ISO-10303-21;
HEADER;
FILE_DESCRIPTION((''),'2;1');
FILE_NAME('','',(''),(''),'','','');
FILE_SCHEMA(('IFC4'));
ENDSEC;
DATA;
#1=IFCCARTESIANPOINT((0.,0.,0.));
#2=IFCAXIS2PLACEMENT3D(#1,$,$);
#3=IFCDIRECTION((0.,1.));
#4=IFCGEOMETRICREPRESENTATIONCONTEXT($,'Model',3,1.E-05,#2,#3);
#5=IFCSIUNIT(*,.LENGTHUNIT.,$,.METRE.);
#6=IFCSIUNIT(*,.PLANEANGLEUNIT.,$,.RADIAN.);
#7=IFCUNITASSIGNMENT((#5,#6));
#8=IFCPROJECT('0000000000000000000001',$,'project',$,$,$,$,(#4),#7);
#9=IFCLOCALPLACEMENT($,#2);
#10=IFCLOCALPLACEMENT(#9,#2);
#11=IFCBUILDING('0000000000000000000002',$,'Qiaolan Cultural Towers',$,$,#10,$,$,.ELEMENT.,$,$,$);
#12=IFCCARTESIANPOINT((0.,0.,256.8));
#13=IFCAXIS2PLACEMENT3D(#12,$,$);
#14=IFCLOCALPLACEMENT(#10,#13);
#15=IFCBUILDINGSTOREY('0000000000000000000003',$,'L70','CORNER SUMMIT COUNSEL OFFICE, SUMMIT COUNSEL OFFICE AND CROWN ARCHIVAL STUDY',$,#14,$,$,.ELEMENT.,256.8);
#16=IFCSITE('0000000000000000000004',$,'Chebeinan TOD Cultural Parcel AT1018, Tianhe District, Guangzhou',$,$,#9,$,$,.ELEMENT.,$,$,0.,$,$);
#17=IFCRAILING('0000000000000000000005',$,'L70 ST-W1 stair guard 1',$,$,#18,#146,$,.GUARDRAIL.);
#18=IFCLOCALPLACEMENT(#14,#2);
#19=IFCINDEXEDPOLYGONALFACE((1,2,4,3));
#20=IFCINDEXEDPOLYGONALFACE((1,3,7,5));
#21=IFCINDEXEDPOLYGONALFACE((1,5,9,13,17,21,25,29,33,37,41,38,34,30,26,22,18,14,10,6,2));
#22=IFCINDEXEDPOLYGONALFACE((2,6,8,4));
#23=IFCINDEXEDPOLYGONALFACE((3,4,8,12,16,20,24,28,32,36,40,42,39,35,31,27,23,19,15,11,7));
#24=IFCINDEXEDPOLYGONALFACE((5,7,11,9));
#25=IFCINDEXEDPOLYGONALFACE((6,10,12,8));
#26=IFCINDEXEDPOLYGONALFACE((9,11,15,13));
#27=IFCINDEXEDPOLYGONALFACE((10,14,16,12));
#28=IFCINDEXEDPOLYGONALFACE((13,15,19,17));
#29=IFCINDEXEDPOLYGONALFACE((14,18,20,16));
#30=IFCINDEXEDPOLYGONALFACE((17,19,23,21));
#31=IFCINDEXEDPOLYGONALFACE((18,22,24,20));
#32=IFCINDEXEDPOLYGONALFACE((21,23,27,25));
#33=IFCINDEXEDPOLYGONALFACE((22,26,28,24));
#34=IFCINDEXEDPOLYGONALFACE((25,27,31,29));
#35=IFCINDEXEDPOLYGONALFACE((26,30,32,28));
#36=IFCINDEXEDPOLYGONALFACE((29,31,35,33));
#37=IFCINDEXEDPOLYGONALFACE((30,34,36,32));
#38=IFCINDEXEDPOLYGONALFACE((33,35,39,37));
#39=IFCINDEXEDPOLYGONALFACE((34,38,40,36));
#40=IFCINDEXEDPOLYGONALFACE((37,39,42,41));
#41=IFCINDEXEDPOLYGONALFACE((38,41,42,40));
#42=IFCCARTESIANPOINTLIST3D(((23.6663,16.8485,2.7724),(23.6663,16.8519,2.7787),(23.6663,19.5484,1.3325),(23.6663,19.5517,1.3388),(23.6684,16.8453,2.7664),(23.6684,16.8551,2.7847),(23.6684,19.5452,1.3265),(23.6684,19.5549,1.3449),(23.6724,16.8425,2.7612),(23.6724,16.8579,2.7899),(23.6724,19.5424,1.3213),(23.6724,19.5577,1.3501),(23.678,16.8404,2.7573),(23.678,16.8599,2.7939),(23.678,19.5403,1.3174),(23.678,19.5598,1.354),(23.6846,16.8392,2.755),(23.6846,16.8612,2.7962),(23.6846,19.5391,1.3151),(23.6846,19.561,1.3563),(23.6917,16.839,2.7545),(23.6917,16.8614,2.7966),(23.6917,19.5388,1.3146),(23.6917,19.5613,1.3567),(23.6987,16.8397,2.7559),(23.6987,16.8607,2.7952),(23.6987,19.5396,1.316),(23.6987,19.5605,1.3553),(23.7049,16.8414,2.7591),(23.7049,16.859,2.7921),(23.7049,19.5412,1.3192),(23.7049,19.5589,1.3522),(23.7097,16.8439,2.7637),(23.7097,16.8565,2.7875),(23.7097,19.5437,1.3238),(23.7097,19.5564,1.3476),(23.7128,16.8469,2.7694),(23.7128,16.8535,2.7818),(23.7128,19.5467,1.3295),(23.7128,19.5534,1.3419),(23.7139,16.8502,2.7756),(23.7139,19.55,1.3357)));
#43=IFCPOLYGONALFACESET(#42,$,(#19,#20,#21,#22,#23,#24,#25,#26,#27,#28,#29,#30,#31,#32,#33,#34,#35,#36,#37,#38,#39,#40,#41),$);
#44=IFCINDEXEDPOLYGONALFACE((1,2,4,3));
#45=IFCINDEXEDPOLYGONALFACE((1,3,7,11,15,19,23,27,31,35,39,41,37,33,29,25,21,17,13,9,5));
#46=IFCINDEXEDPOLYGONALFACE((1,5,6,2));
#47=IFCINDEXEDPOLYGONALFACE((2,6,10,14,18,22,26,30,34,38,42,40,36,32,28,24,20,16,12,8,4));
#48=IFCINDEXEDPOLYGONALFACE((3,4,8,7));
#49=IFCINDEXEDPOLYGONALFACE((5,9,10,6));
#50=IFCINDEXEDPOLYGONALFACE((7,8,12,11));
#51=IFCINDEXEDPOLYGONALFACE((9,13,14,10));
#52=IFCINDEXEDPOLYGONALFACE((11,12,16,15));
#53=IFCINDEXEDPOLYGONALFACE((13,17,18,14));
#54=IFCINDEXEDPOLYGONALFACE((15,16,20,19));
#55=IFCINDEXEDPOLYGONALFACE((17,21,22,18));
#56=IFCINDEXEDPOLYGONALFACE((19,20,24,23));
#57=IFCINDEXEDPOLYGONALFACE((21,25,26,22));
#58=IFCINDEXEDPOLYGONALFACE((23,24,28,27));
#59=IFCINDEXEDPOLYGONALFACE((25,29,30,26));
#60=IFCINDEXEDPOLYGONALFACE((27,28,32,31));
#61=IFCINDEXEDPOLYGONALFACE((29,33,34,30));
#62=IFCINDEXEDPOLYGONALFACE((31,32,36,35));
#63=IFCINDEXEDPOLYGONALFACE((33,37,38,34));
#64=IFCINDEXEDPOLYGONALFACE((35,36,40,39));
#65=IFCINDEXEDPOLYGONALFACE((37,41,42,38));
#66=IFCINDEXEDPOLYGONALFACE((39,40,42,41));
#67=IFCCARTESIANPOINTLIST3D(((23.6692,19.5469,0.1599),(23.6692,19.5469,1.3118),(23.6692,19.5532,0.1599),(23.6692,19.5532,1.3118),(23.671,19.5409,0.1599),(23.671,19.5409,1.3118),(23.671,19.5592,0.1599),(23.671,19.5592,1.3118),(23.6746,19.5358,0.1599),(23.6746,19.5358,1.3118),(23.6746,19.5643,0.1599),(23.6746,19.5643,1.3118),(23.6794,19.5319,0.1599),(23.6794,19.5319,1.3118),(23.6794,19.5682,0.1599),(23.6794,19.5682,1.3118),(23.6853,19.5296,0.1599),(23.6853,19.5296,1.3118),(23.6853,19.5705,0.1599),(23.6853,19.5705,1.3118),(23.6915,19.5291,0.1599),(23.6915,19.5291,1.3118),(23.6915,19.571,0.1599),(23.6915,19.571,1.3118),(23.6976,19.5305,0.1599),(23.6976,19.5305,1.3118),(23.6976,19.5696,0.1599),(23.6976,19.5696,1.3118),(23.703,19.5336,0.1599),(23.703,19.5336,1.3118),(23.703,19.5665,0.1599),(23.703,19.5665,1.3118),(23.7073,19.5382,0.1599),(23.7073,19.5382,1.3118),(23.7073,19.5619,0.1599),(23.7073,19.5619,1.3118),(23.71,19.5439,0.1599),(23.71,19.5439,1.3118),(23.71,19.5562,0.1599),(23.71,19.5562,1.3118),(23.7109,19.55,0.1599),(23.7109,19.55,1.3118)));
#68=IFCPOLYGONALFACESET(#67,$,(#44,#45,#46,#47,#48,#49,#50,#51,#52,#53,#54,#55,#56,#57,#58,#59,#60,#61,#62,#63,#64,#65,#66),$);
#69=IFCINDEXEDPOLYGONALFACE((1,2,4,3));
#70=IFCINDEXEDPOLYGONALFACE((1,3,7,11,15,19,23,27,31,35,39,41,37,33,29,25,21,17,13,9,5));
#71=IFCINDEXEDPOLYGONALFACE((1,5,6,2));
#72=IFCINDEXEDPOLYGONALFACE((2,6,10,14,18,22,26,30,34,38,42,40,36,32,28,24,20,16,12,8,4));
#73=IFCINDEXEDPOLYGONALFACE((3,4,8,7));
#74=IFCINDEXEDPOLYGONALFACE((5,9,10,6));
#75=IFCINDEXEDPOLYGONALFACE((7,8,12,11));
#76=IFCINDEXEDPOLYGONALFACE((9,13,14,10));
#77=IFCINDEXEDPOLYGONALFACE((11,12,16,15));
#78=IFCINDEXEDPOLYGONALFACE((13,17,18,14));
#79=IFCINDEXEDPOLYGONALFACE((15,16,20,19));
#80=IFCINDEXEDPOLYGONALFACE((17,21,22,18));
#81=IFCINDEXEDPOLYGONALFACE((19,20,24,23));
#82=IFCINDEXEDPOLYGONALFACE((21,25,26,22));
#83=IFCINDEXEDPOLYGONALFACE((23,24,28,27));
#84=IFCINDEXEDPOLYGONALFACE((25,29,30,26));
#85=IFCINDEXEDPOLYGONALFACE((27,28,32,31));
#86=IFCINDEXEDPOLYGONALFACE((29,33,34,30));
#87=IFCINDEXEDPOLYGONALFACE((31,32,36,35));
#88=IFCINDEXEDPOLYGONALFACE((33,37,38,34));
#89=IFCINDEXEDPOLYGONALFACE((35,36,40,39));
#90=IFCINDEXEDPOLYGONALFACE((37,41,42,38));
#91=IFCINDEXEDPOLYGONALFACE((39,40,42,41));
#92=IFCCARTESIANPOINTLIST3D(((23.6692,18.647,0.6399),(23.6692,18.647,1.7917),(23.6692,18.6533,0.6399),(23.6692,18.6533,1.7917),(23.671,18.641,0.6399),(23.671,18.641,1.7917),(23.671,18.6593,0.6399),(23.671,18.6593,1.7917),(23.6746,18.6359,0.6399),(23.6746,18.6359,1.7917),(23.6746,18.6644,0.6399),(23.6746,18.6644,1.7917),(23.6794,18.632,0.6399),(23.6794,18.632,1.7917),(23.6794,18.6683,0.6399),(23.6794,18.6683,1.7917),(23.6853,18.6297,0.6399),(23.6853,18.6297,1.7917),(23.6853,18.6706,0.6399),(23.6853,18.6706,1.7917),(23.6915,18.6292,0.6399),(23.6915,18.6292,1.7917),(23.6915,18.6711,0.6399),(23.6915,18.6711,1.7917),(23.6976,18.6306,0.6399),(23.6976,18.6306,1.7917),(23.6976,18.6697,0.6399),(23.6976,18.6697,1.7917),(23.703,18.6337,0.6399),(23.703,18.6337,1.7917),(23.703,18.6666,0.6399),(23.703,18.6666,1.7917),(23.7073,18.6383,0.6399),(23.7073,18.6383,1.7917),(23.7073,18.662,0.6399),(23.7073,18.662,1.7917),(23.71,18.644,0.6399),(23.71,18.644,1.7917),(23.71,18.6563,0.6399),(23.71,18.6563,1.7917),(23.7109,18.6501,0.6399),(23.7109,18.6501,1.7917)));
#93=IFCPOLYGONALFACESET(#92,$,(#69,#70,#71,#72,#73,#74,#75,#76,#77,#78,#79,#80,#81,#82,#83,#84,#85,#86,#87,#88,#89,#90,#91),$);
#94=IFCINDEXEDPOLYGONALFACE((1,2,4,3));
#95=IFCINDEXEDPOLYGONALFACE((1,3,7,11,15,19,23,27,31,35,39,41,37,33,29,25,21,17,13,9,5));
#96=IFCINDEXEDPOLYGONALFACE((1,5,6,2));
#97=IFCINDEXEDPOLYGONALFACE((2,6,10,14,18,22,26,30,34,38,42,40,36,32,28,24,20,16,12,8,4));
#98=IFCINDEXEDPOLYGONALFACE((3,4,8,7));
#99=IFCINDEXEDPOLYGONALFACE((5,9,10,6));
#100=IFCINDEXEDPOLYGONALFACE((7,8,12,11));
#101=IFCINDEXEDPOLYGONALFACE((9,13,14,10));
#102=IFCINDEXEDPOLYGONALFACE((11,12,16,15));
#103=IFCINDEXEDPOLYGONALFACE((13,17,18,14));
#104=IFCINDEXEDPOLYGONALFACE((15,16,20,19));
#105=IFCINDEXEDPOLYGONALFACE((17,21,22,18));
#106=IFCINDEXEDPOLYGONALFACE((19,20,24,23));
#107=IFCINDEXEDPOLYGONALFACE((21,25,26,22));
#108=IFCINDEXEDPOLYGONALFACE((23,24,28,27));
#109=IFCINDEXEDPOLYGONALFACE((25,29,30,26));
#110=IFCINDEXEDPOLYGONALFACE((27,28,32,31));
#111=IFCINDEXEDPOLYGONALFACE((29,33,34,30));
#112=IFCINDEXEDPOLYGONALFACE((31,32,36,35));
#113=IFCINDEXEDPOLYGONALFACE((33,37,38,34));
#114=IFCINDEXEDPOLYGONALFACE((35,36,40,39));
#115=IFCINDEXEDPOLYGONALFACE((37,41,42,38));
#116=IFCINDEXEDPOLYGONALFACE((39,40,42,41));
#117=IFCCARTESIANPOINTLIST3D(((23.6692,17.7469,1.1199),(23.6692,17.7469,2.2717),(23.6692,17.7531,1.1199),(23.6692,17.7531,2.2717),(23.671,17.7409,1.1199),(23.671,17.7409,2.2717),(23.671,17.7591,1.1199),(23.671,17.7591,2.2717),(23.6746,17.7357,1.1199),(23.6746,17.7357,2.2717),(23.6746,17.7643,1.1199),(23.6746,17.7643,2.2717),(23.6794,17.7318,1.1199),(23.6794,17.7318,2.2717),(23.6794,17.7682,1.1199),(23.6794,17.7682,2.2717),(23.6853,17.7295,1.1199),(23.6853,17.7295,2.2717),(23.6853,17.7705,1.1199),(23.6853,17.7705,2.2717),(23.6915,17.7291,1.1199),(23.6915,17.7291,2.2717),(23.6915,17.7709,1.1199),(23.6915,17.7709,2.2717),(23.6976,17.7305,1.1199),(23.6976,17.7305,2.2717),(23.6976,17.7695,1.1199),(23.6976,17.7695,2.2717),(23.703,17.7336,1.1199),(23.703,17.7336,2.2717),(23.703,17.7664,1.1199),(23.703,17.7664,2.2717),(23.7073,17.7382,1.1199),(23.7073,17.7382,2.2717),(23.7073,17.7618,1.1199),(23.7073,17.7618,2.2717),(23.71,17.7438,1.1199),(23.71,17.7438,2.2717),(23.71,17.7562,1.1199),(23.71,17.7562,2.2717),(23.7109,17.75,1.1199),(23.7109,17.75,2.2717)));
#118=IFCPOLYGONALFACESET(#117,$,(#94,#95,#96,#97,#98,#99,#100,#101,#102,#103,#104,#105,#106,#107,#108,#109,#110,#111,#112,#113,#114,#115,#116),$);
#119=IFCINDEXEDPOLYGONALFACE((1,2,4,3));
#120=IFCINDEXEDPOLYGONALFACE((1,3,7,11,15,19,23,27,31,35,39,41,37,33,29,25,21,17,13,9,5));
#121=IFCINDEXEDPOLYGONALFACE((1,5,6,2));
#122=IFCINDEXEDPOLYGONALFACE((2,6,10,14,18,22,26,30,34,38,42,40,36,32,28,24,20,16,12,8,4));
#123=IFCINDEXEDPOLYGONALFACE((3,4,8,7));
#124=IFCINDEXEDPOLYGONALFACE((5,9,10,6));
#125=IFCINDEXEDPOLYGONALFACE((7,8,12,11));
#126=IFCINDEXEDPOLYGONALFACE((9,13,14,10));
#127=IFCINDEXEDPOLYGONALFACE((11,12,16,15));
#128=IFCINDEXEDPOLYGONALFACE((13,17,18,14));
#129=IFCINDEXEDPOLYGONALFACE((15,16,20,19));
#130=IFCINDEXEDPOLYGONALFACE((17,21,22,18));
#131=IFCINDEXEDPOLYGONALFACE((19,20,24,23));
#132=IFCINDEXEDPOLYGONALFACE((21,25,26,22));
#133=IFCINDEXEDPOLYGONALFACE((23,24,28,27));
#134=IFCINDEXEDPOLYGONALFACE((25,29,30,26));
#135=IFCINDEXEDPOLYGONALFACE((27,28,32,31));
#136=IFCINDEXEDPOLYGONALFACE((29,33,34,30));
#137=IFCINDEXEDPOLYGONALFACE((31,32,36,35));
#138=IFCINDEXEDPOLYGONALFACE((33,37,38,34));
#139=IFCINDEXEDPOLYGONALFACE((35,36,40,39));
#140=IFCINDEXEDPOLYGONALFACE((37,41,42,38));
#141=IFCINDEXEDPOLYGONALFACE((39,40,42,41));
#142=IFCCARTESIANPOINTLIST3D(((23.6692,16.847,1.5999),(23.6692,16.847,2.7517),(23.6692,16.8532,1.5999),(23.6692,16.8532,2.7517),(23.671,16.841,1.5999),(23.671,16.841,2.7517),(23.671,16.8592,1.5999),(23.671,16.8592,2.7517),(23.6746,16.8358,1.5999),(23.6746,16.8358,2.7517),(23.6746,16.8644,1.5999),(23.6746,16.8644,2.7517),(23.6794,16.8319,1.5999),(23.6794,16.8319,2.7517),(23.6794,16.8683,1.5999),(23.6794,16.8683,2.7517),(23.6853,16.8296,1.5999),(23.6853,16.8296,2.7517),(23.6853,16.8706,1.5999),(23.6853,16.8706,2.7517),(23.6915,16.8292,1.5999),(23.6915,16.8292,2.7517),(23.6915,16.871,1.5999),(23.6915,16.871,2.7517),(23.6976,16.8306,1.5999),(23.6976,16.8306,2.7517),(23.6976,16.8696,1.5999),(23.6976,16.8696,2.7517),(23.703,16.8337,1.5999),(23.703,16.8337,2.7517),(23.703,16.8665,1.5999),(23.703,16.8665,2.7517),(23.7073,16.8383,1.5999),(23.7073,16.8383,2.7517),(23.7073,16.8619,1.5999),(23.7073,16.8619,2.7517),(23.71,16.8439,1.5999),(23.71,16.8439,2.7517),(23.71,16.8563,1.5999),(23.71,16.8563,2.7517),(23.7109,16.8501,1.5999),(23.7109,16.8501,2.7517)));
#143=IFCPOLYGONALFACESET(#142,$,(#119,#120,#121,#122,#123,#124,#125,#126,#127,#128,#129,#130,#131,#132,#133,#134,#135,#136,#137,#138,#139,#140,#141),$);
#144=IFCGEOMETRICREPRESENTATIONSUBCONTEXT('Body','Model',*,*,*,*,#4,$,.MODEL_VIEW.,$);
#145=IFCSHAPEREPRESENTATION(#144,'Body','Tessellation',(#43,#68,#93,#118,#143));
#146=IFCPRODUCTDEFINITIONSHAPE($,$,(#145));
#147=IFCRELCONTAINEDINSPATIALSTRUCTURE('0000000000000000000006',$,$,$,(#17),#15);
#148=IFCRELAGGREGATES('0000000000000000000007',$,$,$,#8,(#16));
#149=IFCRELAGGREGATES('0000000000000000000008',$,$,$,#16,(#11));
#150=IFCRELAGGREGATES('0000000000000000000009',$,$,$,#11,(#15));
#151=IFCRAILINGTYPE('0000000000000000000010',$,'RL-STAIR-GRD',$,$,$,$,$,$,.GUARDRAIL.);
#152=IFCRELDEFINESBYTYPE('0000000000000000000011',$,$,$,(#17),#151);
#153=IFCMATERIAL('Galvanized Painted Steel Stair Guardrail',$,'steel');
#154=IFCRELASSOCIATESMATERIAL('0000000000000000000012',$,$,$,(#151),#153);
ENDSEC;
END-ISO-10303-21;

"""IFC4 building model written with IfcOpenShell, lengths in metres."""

from ifc_helpers import new_model, si_unit, direction, frame, origin, origin_2d, place, context, subcontext, project, spatial, circle, extrude, material, type_object, element, save


model = new_model("IFC4")

# Units and contexts
model_context = context("Model", 3, precision=1e-05, world=origin(), true_north=direction((0.0, 1.0)))
body_context = subcontext(model_context, "Body", "Model", "MODEL_VIEW")
ifc_project = project(units=[si_unit("LENGTHUNIT", "METRE"), si_unit("PLANEANGLEUNIT", "RADIAN")], contexts=[model_context])

# Site, building, storey
site_placement = place(None, origin())
site = spatial("IfcSite", under=ifc_project, at=site_placement, Name="Chebeinan TOD Cultural Parcel AT1018, Tianhe District, Guangzhou", CompositionType="ELEMENT", RefElevation=0.0)
building_placement = place(site_placement, origin())
building = spatial("IfcBuilding", under=site, at=building_placement, Name="Qiaolan Cultural Towers", CompositionType="ELEMENT")
storey_placement = place(building_placement, frame((0.0, 0.0, 256.8)))
storey = spatial("IfcBuildingStorey", under=building, at=storey_placement, Name="L70", Description="CORNER SUMMIT COUNSEL OFFICE, SUMMIT COUNSEL OFFICE AND CROWN ARCHIVAL STUDY", CompositionType="ELEMENT", Elevation=256.8)

# Railing
ifc_material_1 = material(Name="Galvanized Painted Steel Stair Guardrail", Category="steel")
railing_type_1 = type_object("IfcRailingType", Name="RL-STAIR-GRD", PredefinedType="GUARDRAIL", material=ifc_material_1)
railing_1_placement = place(storey_placement, frame((23.6899, 19.55, 0.1599)))
element("IfcRailing", 1, at=railing_1_placement, inside=storey, type_object=railing_type_1, Name="L70 ST-W1 stair guard 1", PredefinedType="GUARDRAIL", context=body_context, shape_type="SweptSolid", body=[
    extrude(circle(Radius=0.0239, at=origin_2d()), frame((0.0, 0.0, 1.1758), z_axis=(0.0, -0.882357, 0.47058), x_axis=(1.0, 0.0, 0.0)), (0.0, 0.0, 1.0), 3.0598),
    extrude(circle(Radius=0.021, at=origin_2d()), origin(), (0.0, 0.0, 1.0), 1.1519),
    extrude(circle(Radius=0.021, at=origin_2d()), frame((0.0, -0.8999, 0.48)), (0.0, 0.0, 1.0), 1.1519),
    extrude(circle(Radius=0.021, at=origin_2d()), frame((0.0, -1.8, 0.96)), (0.0, 0.0, 1.0), 1.1519),
    extrude(circle(Radius=0.021, at=origin_2d()), frame((0.0, -2.7, 1.4399)), (0.0, 0.0, 1.0), 1.1519),
])

save(model, "model.ifc")
